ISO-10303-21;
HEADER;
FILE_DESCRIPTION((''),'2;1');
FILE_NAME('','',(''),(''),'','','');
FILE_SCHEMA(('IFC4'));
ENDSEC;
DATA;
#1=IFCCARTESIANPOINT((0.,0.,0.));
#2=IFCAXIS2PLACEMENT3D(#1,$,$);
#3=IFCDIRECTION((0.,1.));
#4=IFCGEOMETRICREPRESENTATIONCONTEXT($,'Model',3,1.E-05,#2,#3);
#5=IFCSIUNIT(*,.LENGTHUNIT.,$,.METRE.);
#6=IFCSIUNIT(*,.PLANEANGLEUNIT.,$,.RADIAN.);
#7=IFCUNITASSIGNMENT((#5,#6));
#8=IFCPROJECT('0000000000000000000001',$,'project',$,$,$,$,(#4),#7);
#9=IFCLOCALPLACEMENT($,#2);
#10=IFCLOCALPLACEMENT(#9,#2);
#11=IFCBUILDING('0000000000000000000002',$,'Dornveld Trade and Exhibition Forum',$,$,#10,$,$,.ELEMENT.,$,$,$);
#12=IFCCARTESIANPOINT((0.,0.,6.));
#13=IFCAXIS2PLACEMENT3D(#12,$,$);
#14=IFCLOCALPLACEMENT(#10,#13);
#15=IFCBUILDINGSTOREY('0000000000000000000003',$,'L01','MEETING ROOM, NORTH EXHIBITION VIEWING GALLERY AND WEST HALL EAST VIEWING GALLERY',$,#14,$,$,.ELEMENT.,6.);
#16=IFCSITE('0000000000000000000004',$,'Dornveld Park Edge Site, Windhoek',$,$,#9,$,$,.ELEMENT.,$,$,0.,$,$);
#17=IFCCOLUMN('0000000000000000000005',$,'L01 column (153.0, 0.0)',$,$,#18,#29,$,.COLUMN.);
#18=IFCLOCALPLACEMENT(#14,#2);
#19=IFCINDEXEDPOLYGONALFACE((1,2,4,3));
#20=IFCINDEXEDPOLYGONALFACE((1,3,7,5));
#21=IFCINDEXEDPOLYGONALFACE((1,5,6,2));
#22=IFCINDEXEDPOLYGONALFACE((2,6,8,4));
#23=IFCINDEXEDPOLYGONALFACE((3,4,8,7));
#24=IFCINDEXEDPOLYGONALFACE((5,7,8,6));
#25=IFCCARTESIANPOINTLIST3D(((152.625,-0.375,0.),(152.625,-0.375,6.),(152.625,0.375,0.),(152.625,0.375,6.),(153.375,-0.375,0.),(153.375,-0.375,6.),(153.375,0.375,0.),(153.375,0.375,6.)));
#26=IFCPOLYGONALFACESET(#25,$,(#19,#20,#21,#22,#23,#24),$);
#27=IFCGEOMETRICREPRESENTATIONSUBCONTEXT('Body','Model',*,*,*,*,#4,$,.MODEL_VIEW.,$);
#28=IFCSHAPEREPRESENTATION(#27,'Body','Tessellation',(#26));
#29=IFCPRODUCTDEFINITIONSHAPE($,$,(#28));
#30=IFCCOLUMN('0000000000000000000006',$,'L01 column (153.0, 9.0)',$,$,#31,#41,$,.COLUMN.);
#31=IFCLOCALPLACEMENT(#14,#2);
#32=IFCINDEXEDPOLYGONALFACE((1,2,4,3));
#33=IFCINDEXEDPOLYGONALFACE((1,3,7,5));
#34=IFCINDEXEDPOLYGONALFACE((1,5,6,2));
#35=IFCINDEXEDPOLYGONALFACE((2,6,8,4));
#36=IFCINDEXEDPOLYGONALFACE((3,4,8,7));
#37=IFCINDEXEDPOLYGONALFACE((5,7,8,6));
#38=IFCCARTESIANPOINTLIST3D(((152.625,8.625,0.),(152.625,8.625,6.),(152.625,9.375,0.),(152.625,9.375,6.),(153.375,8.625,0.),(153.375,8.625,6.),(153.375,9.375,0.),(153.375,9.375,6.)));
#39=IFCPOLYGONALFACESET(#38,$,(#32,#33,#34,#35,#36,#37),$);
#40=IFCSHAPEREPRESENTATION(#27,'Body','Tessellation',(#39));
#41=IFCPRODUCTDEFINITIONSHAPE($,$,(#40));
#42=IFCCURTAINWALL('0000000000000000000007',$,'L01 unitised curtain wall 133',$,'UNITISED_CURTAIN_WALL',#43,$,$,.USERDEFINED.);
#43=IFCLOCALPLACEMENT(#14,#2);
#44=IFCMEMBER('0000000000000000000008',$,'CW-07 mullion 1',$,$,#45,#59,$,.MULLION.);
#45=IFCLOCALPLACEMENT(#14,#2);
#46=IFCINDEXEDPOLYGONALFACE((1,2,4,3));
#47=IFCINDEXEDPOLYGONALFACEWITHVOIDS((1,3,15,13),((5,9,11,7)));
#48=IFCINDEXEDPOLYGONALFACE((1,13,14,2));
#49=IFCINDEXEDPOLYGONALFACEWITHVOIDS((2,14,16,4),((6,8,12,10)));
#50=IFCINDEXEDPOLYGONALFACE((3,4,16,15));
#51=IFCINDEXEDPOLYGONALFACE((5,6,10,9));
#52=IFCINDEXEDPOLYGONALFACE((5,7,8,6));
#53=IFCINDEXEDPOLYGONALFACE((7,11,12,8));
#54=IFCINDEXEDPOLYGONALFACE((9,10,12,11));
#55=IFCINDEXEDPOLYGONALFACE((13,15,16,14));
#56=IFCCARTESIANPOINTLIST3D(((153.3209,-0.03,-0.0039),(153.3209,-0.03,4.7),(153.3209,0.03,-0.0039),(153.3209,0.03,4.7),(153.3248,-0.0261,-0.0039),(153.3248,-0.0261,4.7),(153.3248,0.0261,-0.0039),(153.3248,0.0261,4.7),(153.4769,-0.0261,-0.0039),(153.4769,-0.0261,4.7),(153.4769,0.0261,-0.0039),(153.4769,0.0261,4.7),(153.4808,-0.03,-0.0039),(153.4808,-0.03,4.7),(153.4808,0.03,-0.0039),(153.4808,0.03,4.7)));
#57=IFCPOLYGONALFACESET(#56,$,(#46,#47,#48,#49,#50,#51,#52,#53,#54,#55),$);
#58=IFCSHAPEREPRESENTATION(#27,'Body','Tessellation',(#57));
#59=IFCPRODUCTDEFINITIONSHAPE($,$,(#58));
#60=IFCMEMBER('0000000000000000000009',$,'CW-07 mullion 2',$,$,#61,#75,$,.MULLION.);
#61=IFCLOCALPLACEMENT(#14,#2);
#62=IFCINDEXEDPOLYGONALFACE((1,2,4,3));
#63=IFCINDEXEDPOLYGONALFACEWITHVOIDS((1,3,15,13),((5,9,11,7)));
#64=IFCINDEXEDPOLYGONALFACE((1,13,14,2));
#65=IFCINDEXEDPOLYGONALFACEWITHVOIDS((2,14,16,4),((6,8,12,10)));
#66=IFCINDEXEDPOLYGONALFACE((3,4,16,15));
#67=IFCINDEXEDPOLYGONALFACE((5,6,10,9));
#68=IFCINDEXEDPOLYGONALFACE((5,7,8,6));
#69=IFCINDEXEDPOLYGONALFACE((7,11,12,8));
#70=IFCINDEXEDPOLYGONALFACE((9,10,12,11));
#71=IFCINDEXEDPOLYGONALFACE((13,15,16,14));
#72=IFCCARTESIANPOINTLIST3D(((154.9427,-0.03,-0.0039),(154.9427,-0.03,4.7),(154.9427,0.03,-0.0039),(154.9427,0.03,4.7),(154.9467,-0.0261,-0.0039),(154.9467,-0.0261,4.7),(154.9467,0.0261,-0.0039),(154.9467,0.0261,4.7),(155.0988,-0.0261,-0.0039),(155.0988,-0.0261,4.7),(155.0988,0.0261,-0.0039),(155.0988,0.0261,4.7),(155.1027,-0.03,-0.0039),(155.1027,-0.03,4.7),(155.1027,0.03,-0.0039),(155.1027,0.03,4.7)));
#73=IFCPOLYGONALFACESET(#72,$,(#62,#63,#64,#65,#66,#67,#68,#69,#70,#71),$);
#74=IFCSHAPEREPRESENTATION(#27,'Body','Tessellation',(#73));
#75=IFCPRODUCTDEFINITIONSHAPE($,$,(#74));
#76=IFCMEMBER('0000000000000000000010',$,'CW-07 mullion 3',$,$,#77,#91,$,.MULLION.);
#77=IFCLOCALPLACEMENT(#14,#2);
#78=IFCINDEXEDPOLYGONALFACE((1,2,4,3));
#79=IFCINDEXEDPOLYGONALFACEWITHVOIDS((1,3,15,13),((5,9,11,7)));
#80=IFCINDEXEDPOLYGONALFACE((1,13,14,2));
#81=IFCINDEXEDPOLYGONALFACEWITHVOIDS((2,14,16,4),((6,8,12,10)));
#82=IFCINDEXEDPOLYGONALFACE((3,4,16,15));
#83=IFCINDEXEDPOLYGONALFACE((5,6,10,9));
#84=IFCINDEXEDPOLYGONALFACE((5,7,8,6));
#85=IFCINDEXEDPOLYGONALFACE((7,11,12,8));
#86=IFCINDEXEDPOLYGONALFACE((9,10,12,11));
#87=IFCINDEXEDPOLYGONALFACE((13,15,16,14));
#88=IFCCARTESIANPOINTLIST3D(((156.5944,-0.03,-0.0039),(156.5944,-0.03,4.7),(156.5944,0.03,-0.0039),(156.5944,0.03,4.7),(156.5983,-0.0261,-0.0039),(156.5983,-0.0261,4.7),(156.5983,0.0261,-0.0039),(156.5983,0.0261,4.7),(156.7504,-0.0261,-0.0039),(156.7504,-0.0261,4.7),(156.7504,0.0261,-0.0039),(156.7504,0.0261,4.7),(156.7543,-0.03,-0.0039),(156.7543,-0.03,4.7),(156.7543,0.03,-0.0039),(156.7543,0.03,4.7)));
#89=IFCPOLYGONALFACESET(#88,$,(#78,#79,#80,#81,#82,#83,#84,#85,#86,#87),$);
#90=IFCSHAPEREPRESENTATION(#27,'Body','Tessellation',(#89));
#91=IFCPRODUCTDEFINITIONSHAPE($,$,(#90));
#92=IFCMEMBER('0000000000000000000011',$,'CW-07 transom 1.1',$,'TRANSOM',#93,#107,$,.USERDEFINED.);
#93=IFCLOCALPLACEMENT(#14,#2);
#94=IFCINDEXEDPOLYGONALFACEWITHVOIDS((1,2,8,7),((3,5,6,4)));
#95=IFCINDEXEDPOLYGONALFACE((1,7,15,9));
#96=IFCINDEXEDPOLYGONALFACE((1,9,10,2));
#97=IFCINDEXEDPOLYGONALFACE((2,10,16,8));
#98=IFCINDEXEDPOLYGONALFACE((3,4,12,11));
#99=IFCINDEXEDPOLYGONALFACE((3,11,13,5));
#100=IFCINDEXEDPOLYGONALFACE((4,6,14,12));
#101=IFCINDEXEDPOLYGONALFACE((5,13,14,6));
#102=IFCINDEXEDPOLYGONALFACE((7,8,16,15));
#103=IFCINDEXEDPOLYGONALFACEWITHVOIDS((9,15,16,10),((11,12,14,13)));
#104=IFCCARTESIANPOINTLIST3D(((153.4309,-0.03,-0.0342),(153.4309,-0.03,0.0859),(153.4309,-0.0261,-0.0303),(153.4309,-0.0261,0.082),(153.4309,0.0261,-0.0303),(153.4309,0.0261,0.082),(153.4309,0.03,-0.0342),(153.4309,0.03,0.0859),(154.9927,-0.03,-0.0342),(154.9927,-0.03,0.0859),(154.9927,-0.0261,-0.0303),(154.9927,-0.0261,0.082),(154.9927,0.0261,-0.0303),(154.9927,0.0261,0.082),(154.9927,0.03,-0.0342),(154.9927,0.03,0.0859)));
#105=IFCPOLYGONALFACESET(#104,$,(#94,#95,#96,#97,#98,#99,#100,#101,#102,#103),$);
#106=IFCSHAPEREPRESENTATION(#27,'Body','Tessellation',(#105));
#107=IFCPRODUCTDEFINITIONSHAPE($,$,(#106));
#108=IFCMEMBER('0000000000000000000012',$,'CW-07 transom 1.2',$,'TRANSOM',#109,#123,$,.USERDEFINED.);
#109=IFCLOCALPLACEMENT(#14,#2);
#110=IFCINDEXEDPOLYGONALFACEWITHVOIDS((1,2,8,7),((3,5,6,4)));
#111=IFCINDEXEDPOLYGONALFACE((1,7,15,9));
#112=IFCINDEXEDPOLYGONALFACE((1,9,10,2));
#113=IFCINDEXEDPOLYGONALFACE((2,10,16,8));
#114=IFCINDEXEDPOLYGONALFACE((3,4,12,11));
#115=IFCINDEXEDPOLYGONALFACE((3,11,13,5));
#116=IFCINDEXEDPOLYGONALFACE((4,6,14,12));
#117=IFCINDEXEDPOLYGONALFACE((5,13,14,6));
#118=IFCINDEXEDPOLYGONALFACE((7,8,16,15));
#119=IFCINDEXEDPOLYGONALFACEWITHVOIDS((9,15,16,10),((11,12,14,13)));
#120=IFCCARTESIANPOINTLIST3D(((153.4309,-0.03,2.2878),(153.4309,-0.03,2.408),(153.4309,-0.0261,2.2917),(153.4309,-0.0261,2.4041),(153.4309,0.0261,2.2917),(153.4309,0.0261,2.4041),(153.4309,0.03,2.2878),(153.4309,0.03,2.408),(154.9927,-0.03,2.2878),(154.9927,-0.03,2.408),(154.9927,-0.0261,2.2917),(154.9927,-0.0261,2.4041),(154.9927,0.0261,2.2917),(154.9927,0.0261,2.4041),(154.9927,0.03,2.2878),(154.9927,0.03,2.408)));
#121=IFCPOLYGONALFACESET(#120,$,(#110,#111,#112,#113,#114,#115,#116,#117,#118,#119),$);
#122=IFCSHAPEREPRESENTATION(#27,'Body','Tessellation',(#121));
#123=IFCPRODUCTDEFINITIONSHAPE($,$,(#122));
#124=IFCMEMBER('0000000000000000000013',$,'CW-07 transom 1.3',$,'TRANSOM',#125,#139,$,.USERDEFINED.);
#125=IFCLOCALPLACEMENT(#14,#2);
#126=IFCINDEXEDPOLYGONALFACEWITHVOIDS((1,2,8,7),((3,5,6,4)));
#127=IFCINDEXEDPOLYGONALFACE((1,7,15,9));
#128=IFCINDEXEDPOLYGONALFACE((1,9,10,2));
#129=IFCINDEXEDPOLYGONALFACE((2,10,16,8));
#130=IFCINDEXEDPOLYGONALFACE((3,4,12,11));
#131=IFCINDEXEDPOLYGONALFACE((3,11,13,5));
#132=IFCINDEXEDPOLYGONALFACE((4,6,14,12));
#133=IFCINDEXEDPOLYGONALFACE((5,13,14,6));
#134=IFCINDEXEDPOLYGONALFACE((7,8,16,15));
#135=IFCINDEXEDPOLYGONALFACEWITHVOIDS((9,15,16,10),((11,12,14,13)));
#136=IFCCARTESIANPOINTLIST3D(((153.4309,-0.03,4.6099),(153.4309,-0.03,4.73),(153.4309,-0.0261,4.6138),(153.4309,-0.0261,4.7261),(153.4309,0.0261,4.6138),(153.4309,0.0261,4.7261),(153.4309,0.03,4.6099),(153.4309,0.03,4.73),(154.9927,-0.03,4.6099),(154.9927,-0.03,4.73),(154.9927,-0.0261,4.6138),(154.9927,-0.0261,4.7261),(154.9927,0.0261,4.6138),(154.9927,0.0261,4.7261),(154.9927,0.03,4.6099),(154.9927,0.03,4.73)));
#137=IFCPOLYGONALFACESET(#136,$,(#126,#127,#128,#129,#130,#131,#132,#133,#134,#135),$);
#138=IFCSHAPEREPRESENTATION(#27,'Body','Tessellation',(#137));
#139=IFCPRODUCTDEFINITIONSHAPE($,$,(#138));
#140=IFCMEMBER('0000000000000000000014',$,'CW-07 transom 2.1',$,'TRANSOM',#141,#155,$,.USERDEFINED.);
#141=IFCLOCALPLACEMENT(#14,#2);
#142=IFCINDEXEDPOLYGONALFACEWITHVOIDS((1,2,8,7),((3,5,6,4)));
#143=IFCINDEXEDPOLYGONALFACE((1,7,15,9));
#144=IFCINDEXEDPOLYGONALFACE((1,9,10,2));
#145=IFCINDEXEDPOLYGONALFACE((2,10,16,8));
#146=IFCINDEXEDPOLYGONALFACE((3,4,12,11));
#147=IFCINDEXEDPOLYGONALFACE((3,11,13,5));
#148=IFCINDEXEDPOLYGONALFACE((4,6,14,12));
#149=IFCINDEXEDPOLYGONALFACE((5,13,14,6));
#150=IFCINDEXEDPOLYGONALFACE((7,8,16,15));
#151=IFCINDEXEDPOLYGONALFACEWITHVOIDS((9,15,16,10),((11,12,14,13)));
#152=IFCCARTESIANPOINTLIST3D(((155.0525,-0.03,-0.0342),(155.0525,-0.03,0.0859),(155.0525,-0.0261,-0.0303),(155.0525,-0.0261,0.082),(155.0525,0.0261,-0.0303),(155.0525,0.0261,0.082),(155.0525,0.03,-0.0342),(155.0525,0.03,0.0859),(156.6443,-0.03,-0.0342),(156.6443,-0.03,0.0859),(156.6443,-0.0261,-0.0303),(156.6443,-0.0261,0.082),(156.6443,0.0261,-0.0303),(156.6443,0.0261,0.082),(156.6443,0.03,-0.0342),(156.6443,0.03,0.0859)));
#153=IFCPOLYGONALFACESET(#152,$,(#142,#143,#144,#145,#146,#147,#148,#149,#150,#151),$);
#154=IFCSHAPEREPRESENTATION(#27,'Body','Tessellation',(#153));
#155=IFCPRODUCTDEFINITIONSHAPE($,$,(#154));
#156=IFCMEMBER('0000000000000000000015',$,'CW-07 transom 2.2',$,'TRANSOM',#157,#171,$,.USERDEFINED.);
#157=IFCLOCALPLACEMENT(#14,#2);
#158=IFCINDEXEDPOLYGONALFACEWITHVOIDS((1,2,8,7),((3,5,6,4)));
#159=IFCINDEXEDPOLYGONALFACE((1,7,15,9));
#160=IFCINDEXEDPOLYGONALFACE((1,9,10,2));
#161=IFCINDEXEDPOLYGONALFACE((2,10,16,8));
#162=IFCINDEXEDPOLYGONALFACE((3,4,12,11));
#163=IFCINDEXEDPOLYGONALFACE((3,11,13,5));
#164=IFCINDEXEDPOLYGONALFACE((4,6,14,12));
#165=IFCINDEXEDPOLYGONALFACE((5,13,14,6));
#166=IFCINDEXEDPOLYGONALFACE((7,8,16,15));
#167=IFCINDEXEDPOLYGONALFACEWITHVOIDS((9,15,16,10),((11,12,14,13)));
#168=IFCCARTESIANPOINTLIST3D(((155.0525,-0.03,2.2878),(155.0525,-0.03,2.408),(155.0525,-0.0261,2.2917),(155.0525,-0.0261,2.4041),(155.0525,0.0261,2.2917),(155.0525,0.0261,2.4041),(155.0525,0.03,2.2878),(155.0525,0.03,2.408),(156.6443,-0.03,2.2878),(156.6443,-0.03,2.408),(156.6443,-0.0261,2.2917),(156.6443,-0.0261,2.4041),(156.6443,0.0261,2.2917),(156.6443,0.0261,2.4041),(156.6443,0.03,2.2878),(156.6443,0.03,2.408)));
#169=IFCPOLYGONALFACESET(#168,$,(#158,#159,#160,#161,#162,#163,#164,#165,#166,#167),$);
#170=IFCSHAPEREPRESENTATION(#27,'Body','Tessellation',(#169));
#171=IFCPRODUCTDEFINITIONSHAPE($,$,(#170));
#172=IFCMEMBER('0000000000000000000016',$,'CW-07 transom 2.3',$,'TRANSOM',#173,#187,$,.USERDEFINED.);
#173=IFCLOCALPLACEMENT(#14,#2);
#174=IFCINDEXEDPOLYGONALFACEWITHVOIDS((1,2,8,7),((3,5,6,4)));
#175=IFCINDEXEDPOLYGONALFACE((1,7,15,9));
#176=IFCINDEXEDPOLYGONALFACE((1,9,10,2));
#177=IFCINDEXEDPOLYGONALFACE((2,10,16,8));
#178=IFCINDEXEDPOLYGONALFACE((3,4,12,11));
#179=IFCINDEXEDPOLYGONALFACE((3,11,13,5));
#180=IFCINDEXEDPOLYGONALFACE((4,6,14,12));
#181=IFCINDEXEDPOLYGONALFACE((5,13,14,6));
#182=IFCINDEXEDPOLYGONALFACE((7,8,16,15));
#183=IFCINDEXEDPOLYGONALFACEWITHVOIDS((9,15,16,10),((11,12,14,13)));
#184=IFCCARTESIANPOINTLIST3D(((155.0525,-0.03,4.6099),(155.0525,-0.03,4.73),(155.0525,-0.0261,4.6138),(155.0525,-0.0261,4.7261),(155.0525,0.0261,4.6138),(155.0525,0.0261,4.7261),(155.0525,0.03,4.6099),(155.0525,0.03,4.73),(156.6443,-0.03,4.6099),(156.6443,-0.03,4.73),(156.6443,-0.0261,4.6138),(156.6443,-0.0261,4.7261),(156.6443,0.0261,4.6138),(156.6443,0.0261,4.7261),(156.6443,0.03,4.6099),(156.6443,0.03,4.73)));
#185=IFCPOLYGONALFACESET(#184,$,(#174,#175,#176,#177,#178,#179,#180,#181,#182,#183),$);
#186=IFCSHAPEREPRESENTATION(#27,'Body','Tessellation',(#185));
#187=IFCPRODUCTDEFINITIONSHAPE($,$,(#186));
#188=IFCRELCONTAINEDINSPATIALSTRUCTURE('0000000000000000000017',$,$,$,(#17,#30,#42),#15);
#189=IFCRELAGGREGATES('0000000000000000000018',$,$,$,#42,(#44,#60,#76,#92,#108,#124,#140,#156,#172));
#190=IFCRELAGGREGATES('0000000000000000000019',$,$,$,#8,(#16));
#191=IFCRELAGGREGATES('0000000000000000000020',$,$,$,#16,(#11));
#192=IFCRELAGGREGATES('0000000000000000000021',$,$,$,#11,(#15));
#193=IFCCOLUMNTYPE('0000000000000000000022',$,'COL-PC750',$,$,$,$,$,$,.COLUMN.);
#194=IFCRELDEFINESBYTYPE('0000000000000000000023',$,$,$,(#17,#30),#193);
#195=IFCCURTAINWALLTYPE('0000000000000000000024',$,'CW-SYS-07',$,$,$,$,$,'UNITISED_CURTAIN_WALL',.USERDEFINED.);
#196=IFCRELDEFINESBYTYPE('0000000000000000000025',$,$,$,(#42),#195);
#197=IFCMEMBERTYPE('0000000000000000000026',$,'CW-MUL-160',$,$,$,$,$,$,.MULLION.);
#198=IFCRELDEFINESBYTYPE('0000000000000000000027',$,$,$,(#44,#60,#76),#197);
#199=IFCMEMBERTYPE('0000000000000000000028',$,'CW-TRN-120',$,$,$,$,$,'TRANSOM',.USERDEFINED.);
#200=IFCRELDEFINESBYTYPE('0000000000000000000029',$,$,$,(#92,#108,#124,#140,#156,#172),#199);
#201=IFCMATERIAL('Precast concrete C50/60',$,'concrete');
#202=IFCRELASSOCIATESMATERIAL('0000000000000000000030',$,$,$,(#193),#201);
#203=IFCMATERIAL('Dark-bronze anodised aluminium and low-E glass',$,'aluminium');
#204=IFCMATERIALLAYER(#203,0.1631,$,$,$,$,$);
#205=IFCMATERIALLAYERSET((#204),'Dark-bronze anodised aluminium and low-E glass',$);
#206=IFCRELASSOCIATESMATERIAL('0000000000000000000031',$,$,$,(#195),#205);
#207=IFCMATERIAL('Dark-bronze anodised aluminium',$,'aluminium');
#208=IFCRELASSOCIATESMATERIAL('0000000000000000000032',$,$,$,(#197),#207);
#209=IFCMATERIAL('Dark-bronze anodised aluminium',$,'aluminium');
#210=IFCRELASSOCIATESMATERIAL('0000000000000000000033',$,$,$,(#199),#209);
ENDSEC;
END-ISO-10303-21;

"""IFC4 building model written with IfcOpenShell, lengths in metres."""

from ifc_helpers import new_model, si_unit, direction, frame, origin, origin_2d, place, context, subcontext, project, spatial, rectangle, hollow_rectangle, extrude, material, layer, layer_set, material_profile, profile_set, type_object, element, aggregate, save


model = new_model("IFC4")

# Units and contexts
model_context = context("Model", 3, precision=1e-05, world=origin(), true_north=direction((0.0, 1.0)))
body_context = subcontext(model_context, "Body", "Model", "MODEL_VIEW")
ifc_project = project(units=[si_unit("LENGTHUNIT", "METRE"), si_unit("PLANEANGLEUNIT", "RADIAN")], contexts=[model_context])

# Site, building, storey
site_placement = place(None, origin())
site = spatial("IfcSite", under=ifc_project, at=site_placement, Name="Dornveld Park Edge Site, Windhoek", CompositionType="ELEMENT", RefElevation=0.0)
building_placement = place(site_placement, origin())
building = spatial("IfcBuilding", under=site, at=building_placement, Name="Dornveld Trade and Exhibition Forum", CompositionType="ELEMENT")
storey_placement = place(building_placement, frame((0.0, 0.0, 6.0)))
storey = spatial("IfcBuildingStorey", under=building, at=storey_placement, Name="L01", Description="MEETING ROOM, NORTH EXHIBITION VIEWING GALLERY AND WEST HALL EAST VIEWING GALLERY", CompositionType="ELEMENT", Elevation=6.0)

# Columns
ifc_material_1 = material(Name="Precast concrete C50/60", Category="concrete")
ifc_material_profile_1 = material_profile(ifc_material_1, rectangle(XDim=0.75, YDim=0.75, at=origin_2d()), Name="PC-COL 750x750")
ifc_profile_set_1 = profile_set([ifc_material_profile_1], Name="Precast concrete C50/60")
column_type = type_object("IfcColumnType", Name="COL-PC750", PredefinedType="COLUMN", material=ifc_profile_set_1)
for number, where, z_axis, x_axis, name in (
    (1, (153.0, 0.0, 0.0), (0.0, 0.0, 1.0), (1.0, 0.0, 0.0), "L01 column (153.0, 0.0)"),
    (2, (153.0, 9.0, 0.0), (0.0, 0.0, 1.0), (1.0, 0.0, 0.0), "L01 column (153.0, 9.0)"),
):
    element("IfcColumn", number, at=place(storey_placement, frame(where, z_axis=z_axis, x_axis=x_axis)), inside=storey, type_object=column_type, Name=name, PredefinedType="COLUMN", context=body_context, shape_type="SweptSolid", body=[
        extrude(rectangle(XDim=0.75, YDim=0.75, at=origin_2d()), origin(), (0.0, 0.0, 1.0), 6.0),
    ])

# Curtain wall, members
ifc_material_2 = material(Name="Dark-bronze anodised aluminium and low-E glass", Category="aluminium")
ifc_layer_1 = layer(ifc_material_2, 0.1631)
ifc_layer_set_1 = layer_set([ifc_layer_1], Name="Dark-bronze anodised aluminium and low-E glass")
curtain_wall_type = type_object("IfcCurtainWallType", Name="CW-SYS-07", ElementType="UNITISED_CURTAIN_WALL", PredefinedType="USERDEFINED", material=ifc_layer_set_1)
curtain_wall_placement = place(storey_placement, origin())
curtain_wall = element("IfcCurtainWall", 3, at=curtain_wall_placement, inside=storey, type_object=curtain_wall_type, Name="L01 unitised curtain wall 133", ObjectType="UNITISED_CURTAIN_WALL", PredefinedType="USERDEFINED")
ifc_material_3 = material(Name="Dark-bronze anodised aluminium", Category="aluminium")
ifc_material_profile_2 = material_profile(ifc_material_3, hollow_rectangle(XDim=0.0601, YDim=0.1599, WallThickness=0.0039, at=origin_2d()), Name="RHS 160x60x4")
ifc_profile_set_2 = profile_set([ifc_material_profile_2], Name="Dark-bronze anodised aluminium")
member_type_1 = type_object("IfcMemberType", Name="CW-MUL-160", PredefinedType="MULLION", material=ifc_profile_set_2)
member_1_placement = place(storey_placement, frame((153.4009, 0.0, -0.0039), z_axis=(0.0, 0.0, 1.0), x_axis=(0.0, 1.0, 0.0)))
member_1 = element("IfcMember", 4, at=member_1_placement, type_object=member_type_1, Name="CW-07 mullion 1", PredefinedType="MULLION", context=body_context, shape_type="SweptSolid", body=[
    extrude(hollow_rectangle(XDim=0.0601, YDim=0.1599, WallThickness=0.0039, at=origin_2d()), origin(), (0.0, 0.0, 1.0), 4.7039),
])
member_2_placement = place(storey_placement, frame((155.0227, 0.0, -0.0039), z_axis=(0.0, 0.0, 1.0), x_axis=(0.0, 1.0, 0.0)))
member_2 = element("IfcMember", 5, at=member_2_placement, type_object=member_type_1, Name="CW-07 mullion 2", PredefinedType="MULLION", context=body_context, shape_type="SweptSolid", body=[
    extrude(hollow_rectangle(XDim=0.0601, YDim=0.1599, WallThickness=0.0039, at=origin_2d()), origin(), (0.0, 0.0, 1.0), 4.7039),
])
member_3_placement = place(storey_placement, frame((156.6743, 0.0, -0.0039), z_axis=(0.0, 0.0, 1.0), x_axis=(0.0, 1.0, 0.0)))
member_3 = element("IfcMember", 6, at=member_3_placement, type_object=member_type_1, Name="CW-07 mullion 3", PredefinedType="MULLION", context=body_context, shape_type="SweptSolid", body=[
    extrude(hollow_rectangle(XDim=0.0601, YDim=0.1599, WallThickness=0.0039, at=origin_2d()), origin(), (0.0, 0.0, 1.0), 4.7039),
])
ifc_material_4 = material(Name="Dark-bronze anodised aluminium", Category="aluminium")
ifc_material_profile_3 = material_profile(ifc_material_4, hollow_rectangle(XDim=0.0601, YDim=0.1201, WallThickness=0.0039, at=origin_2d()), Name="RHS 120x60x4")
ifc_profile_set_3 = profile_set([ifc_material_profile_3], Name="Dark-bronze anodised aluminium")
member_type_2 = type_object("IfcMemberType", Name="CW-TRN-120", ElementType="TRANSOM", PredefinedType="USERDEFINED", material=ifc_profile_set_3)
member_4_placement = place(storey_placement, frame((153.4309, 0.0, 0.0259), z_axis=(1.0, 0.0, 0.0), x_axis=(0.0, 1.0, 0.0)))
member_4 = element("IfcMember", 7, at=member_4_placement, type_object=member_type_2, Name="CW-07 transom 1.1", ObjectType="TRANSOM", PredefinedType="USERDEFINED", context=body_context, shape_type="SweptSolid", body=[
    extrude(hollow_rectangle(XDim=0.0601, YDim=0.1201, WallThickness=0.0039, at=origin_2d()), origin(), (0.0, 0.0, 1.0), 1.5618),
])
member_5_placement = place(storey_placement, frame((153.4309, 0.0, 2.3479), z_axis=(1.0, 0.0, 0.0), x_axis=(0.0, 1.0, 0.0)))
member_5 = element("IfcMember", 8, at=member_5_placement, type_object=member_type_2, Name="CW-07 transom 1.2", ObjectType="TRANSOM", PredefinedType="USERDEFINED", context=body_context, shape_type="SweptSolid", body=[
    extrude(hollow_rectangle(XDim=0.0601, YDim=0.1201, WallThickness=0.0039, at=origin_2d()), origin(), (0.0, 0.0, 1.0), 1.5618),
])
member_6_placement = place(storey_placement, frame((153.4309, 0.0, 4.6699), z_axis=(1.0, 0.0, 0.0), x_axis=(0.0, 1.0, 0.0)))
member_6 = element("IfcMember", 9, at=member_6_placement, type_object=member_type_2, Name="CW-07 transom 1.3", ObjectType="TRANSOM", PredefinedType="USERDEFINED", context=body_context, shape_type="SweptSolid", body=[
    extrude(hollow_rectangle(XDim=0.0601, YDim=0.1201, WallThickness=0.0039, at=origin_2d()), origin(), (0.0, 0.0, 1.0), 1.5618),
])
member_7_placement = place(storey_placement, frame((155.0525, 0.0, 0.0259), z_axis=(1.0, 0.0, 0.0), x_axis=(0.0, 1.0, 0.0)))
member_7 = element("IfcMember", 10, at=member_7_placement, type_object=member_type_2, Name="CW-07 transom 2.1", ObjectType="TRANSOM", PredefinedType="USERDEFINED", context=body_context, shape_type="SweptSolid", body=[
    extrude(hollow_rectangle(XDim=0.0601, YDim=0.1201, WallThickness=0.0039, at=origin_2d()), origin(), (0.0, 0.0, 1.0), 1.5918),
])
member_8_placement = place(storey_placement, frame((155.0525, 0.0, 2.3479), z_axis=(1.0, 0.0, 0.0), x_axis=(0.0, 1.0, 0.0)))
member_8 = element("IfcMember", 11, at=member_8_placement, type_object=member_type_2, Name="CW-07 transom 2.2", ObjectType="TRANSOM", PredefinedType="USERDEFINED", context=body_context, shape_type="SweptSolid", body=[
    extrude(hollow_rectangle(XDim=0.0601, YDim=0.1201, WallThickness=0.0039, at=origin_2d()), origin(), (0.0, 0.0, 1.0), 1.5918),
])
member_9_placement = place(storey_placement, frame((155.0525, 0.0, 4.6699), z_axis=(1.0, 0.0, 0.0), x_axis=(0.0, 1.0, 0.0)))
member_9 = element("IfcMember", 12, at=member_9_placement, type_object=member_type_2, Name="CW-07 transom 2.3", ObjectType="TRANSOM", PredefinedType="USERDEFINED", context=body_context, shape_type="SweptSolid", body=[
    extrude(hollow_rectangle(XDim=0.0601, YDim=0.1201, WallThickness=0.0039, at=origin_2d()), origin(), (0.0, 0.0, 1.0), 1.5918),
])

aggregate(curtain_wall, [member_1, member_2, member_3, member_4, member_5, member_6, member_7, member_8, member_9])

save(model, "model.ifc")
